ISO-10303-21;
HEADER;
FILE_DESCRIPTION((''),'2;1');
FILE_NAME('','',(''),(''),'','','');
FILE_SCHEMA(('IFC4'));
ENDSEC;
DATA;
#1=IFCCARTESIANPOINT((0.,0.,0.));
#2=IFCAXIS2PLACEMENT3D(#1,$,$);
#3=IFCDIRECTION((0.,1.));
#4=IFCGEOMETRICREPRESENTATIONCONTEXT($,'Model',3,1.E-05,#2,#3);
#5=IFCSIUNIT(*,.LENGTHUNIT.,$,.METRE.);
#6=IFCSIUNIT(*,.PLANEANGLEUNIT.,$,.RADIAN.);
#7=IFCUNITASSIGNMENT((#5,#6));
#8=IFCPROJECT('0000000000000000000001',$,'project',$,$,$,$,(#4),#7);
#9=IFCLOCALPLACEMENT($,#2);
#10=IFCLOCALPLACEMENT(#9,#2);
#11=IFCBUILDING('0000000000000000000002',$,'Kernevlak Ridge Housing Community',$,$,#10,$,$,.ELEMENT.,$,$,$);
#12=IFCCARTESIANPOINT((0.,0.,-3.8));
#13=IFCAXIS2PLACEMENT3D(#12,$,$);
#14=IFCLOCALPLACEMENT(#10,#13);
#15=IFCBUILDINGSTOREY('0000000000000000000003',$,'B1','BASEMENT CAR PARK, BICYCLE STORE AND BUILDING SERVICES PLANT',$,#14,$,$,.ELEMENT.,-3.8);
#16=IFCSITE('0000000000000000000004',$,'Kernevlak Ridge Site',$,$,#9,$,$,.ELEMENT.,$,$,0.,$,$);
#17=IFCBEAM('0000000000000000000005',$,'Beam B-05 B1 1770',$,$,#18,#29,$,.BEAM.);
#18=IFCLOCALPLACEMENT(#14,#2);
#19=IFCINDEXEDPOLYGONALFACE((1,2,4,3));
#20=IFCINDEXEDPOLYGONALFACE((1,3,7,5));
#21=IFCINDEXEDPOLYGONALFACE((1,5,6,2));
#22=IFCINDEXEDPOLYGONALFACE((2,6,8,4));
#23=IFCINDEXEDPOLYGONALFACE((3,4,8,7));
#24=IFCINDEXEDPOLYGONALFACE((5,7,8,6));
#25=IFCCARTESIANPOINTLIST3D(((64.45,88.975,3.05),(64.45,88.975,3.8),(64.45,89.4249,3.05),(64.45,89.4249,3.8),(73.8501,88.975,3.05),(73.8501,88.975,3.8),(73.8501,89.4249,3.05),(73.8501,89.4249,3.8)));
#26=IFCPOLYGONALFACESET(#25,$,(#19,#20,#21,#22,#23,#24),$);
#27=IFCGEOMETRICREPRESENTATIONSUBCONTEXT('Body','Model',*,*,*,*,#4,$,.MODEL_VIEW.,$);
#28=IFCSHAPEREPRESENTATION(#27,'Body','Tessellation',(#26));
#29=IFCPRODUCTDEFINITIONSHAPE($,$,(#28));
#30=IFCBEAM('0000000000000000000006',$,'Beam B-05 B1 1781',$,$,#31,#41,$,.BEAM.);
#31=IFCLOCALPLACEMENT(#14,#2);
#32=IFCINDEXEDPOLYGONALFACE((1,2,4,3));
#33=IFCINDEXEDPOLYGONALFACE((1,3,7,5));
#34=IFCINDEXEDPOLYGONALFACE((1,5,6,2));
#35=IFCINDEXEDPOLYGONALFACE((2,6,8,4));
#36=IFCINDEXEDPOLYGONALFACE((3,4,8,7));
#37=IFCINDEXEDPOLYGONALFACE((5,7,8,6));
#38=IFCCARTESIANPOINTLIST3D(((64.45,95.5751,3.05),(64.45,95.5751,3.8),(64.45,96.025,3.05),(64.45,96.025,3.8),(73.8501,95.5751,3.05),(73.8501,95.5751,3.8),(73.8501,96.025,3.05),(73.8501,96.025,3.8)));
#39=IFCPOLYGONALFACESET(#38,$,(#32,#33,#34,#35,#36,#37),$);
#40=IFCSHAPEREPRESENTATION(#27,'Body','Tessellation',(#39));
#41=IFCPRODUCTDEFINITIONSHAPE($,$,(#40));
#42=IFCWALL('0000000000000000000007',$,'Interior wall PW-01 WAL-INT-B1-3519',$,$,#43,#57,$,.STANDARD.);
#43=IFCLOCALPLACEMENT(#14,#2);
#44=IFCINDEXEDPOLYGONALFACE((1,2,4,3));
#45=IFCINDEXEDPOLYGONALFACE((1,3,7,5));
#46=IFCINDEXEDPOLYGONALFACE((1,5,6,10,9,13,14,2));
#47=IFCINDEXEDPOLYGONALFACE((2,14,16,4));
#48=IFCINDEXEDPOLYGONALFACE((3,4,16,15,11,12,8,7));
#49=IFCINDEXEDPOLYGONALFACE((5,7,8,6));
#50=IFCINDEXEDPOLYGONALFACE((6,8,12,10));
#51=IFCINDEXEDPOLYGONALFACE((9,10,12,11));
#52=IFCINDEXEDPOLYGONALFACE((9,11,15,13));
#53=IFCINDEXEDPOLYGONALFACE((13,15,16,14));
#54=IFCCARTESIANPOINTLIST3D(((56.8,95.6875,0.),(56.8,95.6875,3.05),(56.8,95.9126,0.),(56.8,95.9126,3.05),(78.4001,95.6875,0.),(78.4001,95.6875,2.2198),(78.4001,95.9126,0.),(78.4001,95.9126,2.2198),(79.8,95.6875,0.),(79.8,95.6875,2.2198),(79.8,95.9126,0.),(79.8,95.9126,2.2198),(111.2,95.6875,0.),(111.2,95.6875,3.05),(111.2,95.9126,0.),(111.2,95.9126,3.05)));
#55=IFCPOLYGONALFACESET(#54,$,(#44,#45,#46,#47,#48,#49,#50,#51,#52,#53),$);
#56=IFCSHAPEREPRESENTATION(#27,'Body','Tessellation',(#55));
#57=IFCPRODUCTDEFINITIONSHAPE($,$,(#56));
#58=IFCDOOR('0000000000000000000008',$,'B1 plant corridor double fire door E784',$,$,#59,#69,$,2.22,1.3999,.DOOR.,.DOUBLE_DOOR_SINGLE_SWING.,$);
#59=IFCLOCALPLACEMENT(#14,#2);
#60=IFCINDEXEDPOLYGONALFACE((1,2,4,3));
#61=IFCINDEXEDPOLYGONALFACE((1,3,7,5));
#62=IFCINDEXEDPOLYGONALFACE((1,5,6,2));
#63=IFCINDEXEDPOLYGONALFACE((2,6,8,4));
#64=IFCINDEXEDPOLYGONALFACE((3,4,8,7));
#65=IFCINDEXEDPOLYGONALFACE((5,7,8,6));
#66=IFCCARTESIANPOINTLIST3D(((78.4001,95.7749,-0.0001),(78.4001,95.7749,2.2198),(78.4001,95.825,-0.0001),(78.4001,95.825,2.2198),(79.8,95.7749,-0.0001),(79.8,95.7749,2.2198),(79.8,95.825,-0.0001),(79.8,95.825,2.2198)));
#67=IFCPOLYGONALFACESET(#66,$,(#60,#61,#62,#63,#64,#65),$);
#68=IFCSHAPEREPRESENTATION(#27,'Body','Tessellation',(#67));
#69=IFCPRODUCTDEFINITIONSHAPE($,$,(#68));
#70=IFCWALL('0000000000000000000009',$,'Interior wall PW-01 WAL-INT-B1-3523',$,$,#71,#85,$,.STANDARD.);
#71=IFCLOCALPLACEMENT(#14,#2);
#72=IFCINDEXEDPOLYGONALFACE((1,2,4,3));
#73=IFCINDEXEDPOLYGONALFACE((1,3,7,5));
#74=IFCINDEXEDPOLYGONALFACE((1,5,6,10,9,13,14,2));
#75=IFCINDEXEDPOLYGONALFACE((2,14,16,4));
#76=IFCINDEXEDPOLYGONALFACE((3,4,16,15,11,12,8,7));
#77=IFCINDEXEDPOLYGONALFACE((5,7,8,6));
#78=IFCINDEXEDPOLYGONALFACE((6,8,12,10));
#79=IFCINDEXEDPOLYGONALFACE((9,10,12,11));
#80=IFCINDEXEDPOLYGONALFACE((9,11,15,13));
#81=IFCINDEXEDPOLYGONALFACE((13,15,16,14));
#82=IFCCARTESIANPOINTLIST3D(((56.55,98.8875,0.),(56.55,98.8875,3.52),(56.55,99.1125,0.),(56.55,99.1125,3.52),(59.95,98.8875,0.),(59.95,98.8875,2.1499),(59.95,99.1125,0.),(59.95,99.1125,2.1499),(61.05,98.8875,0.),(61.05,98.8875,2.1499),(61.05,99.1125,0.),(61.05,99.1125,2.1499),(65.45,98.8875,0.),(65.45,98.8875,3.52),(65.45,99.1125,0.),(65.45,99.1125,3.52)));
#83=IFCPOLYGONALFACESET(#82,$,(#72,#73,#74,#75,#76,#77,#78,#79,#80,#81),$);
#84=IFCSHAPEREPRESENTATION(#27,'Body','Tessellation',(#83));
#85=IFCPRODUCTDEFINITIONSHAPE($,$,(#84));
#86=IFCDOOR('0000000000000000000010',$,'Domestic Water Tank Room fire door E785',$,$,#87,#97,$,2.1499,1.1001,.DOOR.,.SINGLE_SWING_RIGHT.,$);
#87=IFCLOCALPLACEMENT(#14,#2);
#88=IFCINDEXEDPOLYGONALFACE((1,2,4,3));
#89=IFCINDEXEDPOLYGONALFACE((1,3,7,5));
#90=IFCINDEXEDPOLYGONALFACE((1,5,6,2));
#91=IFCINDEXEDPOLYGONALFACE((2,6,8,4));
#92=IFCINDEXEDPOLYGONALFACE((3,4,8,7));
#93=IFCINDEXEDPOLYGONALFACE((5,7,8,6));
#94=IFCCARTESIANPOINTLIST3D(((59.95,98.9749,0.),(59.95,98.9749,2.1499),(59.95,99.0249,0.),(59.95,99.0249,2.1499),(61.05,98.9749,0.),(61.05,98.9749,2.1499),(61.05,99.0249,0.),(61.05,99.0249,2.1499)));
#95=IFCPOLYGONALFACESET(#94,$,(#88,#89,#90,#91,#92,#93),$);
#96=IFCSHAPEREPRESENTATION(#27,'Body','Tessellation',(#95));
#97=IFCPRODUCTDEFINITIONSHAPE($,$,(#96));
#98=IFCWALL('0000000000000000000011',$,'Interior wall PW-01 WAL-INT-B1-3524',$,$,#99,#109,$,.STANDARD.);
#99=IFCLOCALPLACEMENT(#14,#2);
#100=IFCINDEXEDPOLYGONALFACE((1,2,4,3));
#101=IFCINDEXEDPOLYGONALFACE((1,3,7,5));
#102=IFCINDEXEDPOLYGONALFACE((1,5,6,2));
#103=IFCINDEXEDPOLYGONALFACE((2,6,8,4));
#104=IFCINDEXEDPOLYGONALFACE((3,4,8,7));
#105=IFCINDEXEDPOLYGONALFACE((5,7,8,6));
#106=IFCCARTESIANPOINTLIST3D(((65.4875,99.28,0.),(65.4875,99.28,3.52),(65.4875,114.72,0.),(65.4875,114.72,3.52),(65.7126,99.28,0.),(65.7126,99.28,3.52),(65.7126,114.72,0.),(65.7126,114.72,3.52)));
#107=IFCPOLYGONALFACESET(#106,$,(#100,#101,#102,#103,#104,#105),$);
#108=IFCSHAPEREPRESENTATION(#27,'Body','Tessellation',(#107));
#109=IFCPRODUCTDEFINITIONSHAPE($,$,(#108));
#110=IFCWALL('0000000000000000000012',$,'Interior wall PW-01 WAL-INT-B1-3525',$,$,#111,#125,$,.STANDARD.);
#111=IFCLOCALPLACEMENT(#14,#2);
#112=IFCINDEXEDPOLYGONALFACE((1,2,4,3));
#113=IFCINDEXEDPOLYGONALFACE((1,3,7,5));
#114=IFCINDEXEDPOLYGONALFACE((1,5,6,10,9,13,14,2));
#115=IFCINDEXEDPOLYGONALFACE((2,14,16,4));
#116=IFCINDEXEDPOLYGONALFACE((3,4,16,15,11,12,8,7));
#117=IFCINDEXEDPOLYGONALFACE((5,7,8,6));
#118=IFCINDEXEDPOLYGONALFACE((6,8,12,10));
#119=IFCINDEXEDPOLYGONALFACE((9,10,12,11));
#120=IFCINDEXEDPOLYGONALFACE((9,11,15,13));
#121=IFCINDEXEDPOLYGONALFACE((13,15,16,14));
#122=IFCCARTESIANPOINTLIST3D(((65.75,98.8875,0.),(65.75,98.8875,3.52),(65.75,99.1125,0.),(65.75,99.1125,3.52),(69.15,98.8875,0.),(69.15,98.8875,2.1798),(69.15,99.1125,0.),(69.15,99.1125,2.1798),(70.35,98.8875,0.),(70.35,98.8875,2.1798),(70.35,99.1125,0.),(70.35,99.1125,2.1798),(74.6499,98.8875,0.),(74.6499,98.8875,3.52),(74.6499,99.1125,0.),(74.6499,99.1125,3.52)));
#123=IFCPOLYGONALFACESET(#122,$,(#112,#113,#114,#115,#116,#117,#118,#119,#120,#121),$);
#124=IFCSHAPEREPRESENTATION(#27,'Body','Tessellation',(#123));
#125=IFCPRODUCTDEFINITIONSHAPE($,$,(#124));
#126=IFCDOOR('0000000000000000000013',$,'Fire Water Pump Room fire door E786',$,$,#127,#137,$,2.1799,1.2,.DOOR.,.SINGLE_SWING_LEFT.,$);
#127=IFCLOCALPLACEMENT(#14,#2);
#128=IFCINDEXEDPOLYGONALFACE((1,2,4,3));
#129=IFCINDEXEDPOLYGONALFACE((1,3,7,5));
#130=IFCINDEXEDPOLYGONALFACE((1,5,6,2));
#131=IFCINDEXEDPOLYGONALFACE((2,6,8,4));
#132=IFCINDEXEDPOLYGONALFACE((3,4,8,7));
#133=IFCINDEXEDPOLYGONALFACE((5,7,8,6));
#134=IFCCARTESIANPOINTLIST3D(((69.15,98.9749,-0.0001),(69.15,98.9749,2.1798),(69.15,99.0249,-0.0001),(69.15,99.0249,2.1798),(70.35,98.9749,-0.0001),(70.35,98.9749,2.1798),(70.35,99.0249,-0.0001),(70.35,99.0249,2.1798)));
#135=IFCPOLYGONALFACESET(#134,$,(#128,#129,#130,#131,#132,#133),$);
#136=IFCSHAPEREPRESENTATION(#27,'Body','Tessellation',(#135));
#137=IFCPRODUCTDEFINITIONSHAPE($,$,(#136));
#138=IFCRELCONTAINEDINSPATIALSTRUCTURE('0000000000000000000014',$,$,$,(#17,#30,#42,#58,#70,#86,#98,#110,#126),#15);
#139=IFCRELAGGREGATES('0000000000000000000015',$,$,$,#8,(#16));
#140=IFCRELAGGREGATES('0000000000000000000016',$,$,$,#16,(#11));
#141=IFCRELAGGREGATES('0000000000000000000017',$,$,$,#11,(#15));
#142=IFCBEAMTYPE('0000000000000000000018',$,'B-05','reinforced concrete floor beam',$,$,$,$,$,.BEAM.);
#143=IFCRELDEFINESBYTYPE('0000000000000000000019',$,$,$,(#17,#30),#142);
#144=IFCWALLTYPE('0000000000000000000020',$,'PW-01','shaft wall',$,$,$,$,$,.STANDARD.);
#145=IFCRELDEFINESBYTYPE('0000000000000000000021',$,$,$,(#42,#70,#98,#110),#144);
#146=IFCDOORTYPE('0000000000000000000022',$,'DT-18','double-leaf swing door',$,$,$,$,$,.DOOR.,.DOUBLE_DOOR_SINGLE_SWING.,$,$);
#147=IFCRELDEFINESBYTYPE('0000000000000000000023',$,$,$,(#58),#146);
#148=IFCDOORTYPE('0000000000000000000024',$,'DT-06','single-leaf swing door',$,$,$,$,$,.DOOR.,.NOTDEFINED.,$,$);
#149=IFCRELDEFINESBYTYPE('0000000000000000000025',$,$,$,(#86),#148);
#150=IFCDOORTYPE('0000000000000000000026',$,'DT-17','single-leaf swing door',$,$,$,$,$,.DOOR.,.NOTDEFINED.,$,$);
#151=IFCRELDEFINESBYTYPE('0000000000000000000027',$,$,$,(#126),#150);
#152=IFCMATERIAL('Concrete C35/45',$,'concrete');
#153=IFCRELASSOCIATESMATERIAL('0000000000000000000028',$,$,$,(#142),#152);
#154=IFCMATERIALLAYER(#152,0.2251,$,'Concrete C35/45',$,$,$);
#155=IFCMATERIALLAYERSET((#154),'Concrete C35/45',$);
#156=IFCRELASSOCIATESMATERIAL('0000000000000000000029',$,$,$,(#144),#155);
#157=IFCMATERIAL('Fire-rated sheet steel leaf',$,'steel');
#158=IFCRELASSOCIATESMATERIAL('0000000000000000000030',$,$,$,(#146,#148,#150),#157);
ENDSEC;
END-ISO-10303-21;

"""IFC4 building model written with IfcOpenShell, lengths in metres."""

from ifc_helpers import new_model, si_unit, direction, frame, frame_2d, origin, origin_2d, place, context, subcontext, project, spatial, rectangle, extrude, material, layer, layer_set, material_profile, profile_set, type_object, element, fill, save


model = new_model("IFC4")

# Units and contexts
model_context = context("Model", 3, precision=1e-05, world=origin(), true_north=direction((0.0, 1.0)))
body_context = subcontext(model_context, "Body", "Model", "MODEL_VIEW")
ifc_project = project(units=[si_unit("LENGTHUNIT", "METRE"), si_unit("PLANEANGLEUNIT", "RADIAN")], contexts=[model_context])

# Site, building, storey
site_placement = place(None, origin())
site = spatial("IfcSite", under=ifc_project, at=site_placement, Name="Kernevlak Ridge Site", CompositionType="ELEMENT", RefElevation=0.0)
building_placement = place(site_placement, origin())
building = spatial("IfcBuilding", under=site, at=building_placement, Name="Kernevlak Ridge Housing Community", CompositionType="ELEMENT")
storey_placement = place(building_placement, frame((0.0, 0.0, -3.8)))
storey = spatial("IfcBuildingStorey", under=building, at=storey_placement, Name="B1", Description="BASEMENT CAR PARK, BICYCLE STORE AND BUILDING SERVICES PLANT", CompositionType="ELEMENT", Elevation=-3.8)

# Shared definitions
ifc_material_1 = material(Name="Concrete C35/45", Category="concrete")

# Beams
ifc_material_profile_1 = material_profile(ifc_material_1, rectangle(XDim=0.45, YDim=0.75, at=origin_2d()), Name="RC 450x750")
ifc_profile_set_1 = profile_set([ifc_material_profile_1], Name="Concrete C35/45")
beam_type_1 = type_object("IfcBeamType", Name="B-05", Description="reinforced concrete floor beam", PredefinedType="BEAM", material=ifc_profile_set_1)
for number, where, z_axis, x_axis, name in (
    (1, (64.45, 89.2, 3.425), (1.0, 0.0, 0.0), (0.0, 1.0, 0.0), "Beam B-05 B1 1770"),
    (2, (64.45, 95.8, 3.425), (1.0, 0.0, 0.0), (0.0, 1.0, 0.0), "Beam B-05 B1 1781"),
):
    element("IfcBeam", number, at=place(storey_placement, frame(where, z_axis=z_axis, x_axis=x_axis)), inside=storey, type_object=beam_type_1, Name=name, PredefinedType="BEAM", context=body_context, shape_type="SweptSolid", body=[
        extrude(rectangle(XDim=0.45, YDim=0.75, at=origin_2d()), origin(), (0.0, 0.0, 1.0), 9.4001),
    ])

# Walls, openings, doors
ifc_layer = layer(ifc_material_1, 0.2251, Name="Concrete C35/45")
ifc_layer_set = layer_set([ifc_layer], Name="Concrete C35/45")
wall_type = type_object("IfcWallType", Name="PW-01", Description="shaft wall", PredefinedType="STANDARD", material=ifc_layer_set)
wall_1_placement = place(storey_placement, frame((56.8, 95.8, 0.0), z_axis=(0.0, 0.0, 1.0), x_axis=(1.0, 0.0, 0.0)))
wall_1 = element("IfcWall", 3, at=wall_1_placement, inside=storey, type_object=wall_type, Name="Interior wall PW-01 WAL-INT-B1-3519", PredefinedType="STANDARD", context=body_context, shape_type="SweptSolid", body=[
    extrude(rectangle(XDim=54.3999, YDim=0.2251, at=frame_2d((27.2, 0.0))), origin(), (0.0, 0.0, 1.0), 3.05),
])
opening_1_placement = place(wall_1_placement, frame((21.6001, 0.0, 0.0)))
opening_1 = element("IfcOpeningElement", 4, at=opening_1_placement, cuts=wall_1, PredefinedType="OPENING", context=body_context, shape_type="SweptSolid", body=[
    extrude(rectangle(XDim=1.3999, YDim=2.22, at=frame_2d((0.7, 1.1099))), frame((0.0, 0.1226, 0.0), z_axis=(0.0, -1.0, 0.0), x_axis=(1.0, 0.0, 0.0)), (0.0, 0.0, 1.0), 0.2451),
])
ifc_material_2 = material(Name="Fire-rated sheet steel leaf", Category="steel")
door_type_1 = type_object("IfcDoorType", Name="DT-18", Description="double-leaf swing door", OperationType="DOUBLE_DOOR_SINGLE_SWING", PredefinedType="DOOR", material=ifc_material_2)
door_1_placement = place(opening_1_placement, origin())
door_1 = element("IfcDoor", 5, at=door_1_placement, inside=storey, type_object=door_type_1, Name="B1 plant corridor double fire door E784", OperationType="DOUBLE_DOOR_SINGLE_SWING", OverallHeight=2.22, OverallWidth=1.3999, PredefinedType="DOOR", context=body_context, shape_type="SweptSolid", body=[
    extrude(rectangle(XDim=1.3999, YDim=2.22, at=frame_2d((0.7, 1.1099))), frame((0.0, 0.0249, 0.0), z_axis=(0.0, -1.0, 0.0), x_axis=(1.0, 0.0, 0.0)), (0.0, 0.0, 1.0), 0.05),
])
fill(opening_1, door_1)
wall_2_placement = place(storey_placement, frame((56.55, 99.0, 0.0), z_axis=(0.0, 0.0, 1.0), x_axis=(1.0, 0.0, 0.0)))
wall_2 = element("IfcWall", 6, at=wall_2_placement, inside=storey, type_object=wall_type, Name="Interior wall PW-01 WAL-INT-B1-3523", PredefinedType="STANDARD", context=body_context, shape_type="SweptSolid", body=[
    extrude(rectangle(XDim=8.8999, YDim=0.2251, at=frame_2d((4.45, 0.0))), origin(), (0.0, 0.0, 1.0), 3.52),
])
opening_2_placement = place(wall_2_placement, frame((3.3999, 0.0, 0.0)))
opening_2 = element("IfcOpeningElement", 7, at=opening_2_placement, cuts=wall_2, PredefinedType="OPENING", context=body_context, shape_type="SweptSolid", body=[
    extrude(rectangle(XDim=1.1001, YDim=2.1499, at=frame_2d((0.55, 1.075))), frame((0.0, 0.1226, 0.0), z_axis=(0.0, -1.0, 0.0), x_axis=(1.0, 0.0, 0.0)), (0.0, 0.0, 1.0), 0.2451),
])
door_type_2 = type_object("IfcDoorType", Name="DT-06", Description="single-leaf swing door", OperationType="NOTDEFINED", PredefinedType="DOOR", material=ifc_material_2)
door_2_placement = place(opening_2_placement, origin())
door_2 = element("IfcDoor", 8, at=door_2_placement, inside=storey, type_object=door_type_2, Name="Domestic Water Tank Room fire door E785", OperationType="SINGLE_SWING_RIGHT", OverallHeight=2.1499, OverallWidth=1.1001, PredefinedType="DOOR", context=body_context, shape_type="SweptSolid", body=[
    extrude(rectangle(XDim=1.1001, YDim=2.1499, at=frame_2d((0.55, 1.075))), frame((0.0, 0.0249, 0.0), z_axis=(0.0, -1.0, 0.0), x_axis=(1.0, 0.0, 0.0)), (0.0, 0.0, 1.0), 0.05),
])
fill(opening_2, door_2)

# Wall
wall_3_placement = place(storey_placement, frame((65.6001, 99.28, 0.0), z_axis=(0.0, 0.0, 1.0), x_axis=(0.0, 1.0, 0.0)))
element("IfcWall", 9, at=wall_3_placement, inside=storey, type_object=wall_type, Name="Interior wall PW-01 WAL-INT-B1-3524", PredefinedType="STANDARD", context=body_context, shape_type="SweptSolid", body=[
    extrude(rectangle(XDim=15.4399, YDim=0.2251, at=frame_2d((7.72, 0.0))), origin(), (0.0, 0.0, 1.0), 3.52),
])

# Wall, opening, door
wall_4_placement = place(storey_placement, frame((65.75, 99.0, 0.0), z_axis=(0.0, 0.0, 1.0), x_axis=(1.0, 0.0, 0.0)))
wall_4 = element("IfcWall", 10, at=wall_4_placement, inside=storey, type_object=wall_type, Name="Interior wall PW-01 WAL-INT-B1-3525", PredefinedType="STANDARD", context=body_context, shape_type="SweptSolid", body=[
    extrude(rectangle(XDim=8.8999, YDim=0.2251, at=frame_2d((4.45, 0.0))), origin(), (0.0, 0.0, 1.0), 3.52),
])
opening_3_placement = place(wall_4_placement, frame((3.3999, 0.0, 0.0)))
opening_3 = element("IfcOpeningElement", 11, at=opening_3_placement, cuts=wall_4, PredefinedType="OPENING", context=body_context, shape_type="SweptSolid", body=[
    extrude(rectangle(XDim=1.2, YDim=2.1799, at=frame_2d((0.6001, 1.0898))), frame((0.0, 0.1226, 0.0), z_axis=(0.0, -1.0, 0.0), x_axis=(1.0, 0.0, 0.0)), (0.0, 0.0, 1.0), 0.2451),
])
door_type_3 = type_object("IfcDoorType", Name="DT-17", Description="single-leaf swing door", OperationType="NOTDEFINED", PredefinedType="DOOR", material=ifc_material_2)
door_3_placement = place(opening_3_placement, origin())
door_3 = element("IfcDoor", 12, at=door_3_placement, inside=storey, type_object=door_type_3, Name="Fire Water Pump Room fire door E786", OperationType="SINGLE_SWING_LEFT", OverallHeight=2.1799, OverallWidth=1.2, PredefinedType="DOOR", context=body_context, shape_type="SweptSolid", body=[
    extrude(rectangle(XDim=1.2, YDim=2.1799, at=frame_2d((0.6001, 1.0898))), frame((0.0, 0.0249, 0.0), z_axis=(0.0, -1.0, 0.0), x_axis=(1.0, 0.0, 0.0)), (0.0, 0.0, 1.0), 0.05),
])
fill(opening_3, door_3)

save(model, "model.ifc")
